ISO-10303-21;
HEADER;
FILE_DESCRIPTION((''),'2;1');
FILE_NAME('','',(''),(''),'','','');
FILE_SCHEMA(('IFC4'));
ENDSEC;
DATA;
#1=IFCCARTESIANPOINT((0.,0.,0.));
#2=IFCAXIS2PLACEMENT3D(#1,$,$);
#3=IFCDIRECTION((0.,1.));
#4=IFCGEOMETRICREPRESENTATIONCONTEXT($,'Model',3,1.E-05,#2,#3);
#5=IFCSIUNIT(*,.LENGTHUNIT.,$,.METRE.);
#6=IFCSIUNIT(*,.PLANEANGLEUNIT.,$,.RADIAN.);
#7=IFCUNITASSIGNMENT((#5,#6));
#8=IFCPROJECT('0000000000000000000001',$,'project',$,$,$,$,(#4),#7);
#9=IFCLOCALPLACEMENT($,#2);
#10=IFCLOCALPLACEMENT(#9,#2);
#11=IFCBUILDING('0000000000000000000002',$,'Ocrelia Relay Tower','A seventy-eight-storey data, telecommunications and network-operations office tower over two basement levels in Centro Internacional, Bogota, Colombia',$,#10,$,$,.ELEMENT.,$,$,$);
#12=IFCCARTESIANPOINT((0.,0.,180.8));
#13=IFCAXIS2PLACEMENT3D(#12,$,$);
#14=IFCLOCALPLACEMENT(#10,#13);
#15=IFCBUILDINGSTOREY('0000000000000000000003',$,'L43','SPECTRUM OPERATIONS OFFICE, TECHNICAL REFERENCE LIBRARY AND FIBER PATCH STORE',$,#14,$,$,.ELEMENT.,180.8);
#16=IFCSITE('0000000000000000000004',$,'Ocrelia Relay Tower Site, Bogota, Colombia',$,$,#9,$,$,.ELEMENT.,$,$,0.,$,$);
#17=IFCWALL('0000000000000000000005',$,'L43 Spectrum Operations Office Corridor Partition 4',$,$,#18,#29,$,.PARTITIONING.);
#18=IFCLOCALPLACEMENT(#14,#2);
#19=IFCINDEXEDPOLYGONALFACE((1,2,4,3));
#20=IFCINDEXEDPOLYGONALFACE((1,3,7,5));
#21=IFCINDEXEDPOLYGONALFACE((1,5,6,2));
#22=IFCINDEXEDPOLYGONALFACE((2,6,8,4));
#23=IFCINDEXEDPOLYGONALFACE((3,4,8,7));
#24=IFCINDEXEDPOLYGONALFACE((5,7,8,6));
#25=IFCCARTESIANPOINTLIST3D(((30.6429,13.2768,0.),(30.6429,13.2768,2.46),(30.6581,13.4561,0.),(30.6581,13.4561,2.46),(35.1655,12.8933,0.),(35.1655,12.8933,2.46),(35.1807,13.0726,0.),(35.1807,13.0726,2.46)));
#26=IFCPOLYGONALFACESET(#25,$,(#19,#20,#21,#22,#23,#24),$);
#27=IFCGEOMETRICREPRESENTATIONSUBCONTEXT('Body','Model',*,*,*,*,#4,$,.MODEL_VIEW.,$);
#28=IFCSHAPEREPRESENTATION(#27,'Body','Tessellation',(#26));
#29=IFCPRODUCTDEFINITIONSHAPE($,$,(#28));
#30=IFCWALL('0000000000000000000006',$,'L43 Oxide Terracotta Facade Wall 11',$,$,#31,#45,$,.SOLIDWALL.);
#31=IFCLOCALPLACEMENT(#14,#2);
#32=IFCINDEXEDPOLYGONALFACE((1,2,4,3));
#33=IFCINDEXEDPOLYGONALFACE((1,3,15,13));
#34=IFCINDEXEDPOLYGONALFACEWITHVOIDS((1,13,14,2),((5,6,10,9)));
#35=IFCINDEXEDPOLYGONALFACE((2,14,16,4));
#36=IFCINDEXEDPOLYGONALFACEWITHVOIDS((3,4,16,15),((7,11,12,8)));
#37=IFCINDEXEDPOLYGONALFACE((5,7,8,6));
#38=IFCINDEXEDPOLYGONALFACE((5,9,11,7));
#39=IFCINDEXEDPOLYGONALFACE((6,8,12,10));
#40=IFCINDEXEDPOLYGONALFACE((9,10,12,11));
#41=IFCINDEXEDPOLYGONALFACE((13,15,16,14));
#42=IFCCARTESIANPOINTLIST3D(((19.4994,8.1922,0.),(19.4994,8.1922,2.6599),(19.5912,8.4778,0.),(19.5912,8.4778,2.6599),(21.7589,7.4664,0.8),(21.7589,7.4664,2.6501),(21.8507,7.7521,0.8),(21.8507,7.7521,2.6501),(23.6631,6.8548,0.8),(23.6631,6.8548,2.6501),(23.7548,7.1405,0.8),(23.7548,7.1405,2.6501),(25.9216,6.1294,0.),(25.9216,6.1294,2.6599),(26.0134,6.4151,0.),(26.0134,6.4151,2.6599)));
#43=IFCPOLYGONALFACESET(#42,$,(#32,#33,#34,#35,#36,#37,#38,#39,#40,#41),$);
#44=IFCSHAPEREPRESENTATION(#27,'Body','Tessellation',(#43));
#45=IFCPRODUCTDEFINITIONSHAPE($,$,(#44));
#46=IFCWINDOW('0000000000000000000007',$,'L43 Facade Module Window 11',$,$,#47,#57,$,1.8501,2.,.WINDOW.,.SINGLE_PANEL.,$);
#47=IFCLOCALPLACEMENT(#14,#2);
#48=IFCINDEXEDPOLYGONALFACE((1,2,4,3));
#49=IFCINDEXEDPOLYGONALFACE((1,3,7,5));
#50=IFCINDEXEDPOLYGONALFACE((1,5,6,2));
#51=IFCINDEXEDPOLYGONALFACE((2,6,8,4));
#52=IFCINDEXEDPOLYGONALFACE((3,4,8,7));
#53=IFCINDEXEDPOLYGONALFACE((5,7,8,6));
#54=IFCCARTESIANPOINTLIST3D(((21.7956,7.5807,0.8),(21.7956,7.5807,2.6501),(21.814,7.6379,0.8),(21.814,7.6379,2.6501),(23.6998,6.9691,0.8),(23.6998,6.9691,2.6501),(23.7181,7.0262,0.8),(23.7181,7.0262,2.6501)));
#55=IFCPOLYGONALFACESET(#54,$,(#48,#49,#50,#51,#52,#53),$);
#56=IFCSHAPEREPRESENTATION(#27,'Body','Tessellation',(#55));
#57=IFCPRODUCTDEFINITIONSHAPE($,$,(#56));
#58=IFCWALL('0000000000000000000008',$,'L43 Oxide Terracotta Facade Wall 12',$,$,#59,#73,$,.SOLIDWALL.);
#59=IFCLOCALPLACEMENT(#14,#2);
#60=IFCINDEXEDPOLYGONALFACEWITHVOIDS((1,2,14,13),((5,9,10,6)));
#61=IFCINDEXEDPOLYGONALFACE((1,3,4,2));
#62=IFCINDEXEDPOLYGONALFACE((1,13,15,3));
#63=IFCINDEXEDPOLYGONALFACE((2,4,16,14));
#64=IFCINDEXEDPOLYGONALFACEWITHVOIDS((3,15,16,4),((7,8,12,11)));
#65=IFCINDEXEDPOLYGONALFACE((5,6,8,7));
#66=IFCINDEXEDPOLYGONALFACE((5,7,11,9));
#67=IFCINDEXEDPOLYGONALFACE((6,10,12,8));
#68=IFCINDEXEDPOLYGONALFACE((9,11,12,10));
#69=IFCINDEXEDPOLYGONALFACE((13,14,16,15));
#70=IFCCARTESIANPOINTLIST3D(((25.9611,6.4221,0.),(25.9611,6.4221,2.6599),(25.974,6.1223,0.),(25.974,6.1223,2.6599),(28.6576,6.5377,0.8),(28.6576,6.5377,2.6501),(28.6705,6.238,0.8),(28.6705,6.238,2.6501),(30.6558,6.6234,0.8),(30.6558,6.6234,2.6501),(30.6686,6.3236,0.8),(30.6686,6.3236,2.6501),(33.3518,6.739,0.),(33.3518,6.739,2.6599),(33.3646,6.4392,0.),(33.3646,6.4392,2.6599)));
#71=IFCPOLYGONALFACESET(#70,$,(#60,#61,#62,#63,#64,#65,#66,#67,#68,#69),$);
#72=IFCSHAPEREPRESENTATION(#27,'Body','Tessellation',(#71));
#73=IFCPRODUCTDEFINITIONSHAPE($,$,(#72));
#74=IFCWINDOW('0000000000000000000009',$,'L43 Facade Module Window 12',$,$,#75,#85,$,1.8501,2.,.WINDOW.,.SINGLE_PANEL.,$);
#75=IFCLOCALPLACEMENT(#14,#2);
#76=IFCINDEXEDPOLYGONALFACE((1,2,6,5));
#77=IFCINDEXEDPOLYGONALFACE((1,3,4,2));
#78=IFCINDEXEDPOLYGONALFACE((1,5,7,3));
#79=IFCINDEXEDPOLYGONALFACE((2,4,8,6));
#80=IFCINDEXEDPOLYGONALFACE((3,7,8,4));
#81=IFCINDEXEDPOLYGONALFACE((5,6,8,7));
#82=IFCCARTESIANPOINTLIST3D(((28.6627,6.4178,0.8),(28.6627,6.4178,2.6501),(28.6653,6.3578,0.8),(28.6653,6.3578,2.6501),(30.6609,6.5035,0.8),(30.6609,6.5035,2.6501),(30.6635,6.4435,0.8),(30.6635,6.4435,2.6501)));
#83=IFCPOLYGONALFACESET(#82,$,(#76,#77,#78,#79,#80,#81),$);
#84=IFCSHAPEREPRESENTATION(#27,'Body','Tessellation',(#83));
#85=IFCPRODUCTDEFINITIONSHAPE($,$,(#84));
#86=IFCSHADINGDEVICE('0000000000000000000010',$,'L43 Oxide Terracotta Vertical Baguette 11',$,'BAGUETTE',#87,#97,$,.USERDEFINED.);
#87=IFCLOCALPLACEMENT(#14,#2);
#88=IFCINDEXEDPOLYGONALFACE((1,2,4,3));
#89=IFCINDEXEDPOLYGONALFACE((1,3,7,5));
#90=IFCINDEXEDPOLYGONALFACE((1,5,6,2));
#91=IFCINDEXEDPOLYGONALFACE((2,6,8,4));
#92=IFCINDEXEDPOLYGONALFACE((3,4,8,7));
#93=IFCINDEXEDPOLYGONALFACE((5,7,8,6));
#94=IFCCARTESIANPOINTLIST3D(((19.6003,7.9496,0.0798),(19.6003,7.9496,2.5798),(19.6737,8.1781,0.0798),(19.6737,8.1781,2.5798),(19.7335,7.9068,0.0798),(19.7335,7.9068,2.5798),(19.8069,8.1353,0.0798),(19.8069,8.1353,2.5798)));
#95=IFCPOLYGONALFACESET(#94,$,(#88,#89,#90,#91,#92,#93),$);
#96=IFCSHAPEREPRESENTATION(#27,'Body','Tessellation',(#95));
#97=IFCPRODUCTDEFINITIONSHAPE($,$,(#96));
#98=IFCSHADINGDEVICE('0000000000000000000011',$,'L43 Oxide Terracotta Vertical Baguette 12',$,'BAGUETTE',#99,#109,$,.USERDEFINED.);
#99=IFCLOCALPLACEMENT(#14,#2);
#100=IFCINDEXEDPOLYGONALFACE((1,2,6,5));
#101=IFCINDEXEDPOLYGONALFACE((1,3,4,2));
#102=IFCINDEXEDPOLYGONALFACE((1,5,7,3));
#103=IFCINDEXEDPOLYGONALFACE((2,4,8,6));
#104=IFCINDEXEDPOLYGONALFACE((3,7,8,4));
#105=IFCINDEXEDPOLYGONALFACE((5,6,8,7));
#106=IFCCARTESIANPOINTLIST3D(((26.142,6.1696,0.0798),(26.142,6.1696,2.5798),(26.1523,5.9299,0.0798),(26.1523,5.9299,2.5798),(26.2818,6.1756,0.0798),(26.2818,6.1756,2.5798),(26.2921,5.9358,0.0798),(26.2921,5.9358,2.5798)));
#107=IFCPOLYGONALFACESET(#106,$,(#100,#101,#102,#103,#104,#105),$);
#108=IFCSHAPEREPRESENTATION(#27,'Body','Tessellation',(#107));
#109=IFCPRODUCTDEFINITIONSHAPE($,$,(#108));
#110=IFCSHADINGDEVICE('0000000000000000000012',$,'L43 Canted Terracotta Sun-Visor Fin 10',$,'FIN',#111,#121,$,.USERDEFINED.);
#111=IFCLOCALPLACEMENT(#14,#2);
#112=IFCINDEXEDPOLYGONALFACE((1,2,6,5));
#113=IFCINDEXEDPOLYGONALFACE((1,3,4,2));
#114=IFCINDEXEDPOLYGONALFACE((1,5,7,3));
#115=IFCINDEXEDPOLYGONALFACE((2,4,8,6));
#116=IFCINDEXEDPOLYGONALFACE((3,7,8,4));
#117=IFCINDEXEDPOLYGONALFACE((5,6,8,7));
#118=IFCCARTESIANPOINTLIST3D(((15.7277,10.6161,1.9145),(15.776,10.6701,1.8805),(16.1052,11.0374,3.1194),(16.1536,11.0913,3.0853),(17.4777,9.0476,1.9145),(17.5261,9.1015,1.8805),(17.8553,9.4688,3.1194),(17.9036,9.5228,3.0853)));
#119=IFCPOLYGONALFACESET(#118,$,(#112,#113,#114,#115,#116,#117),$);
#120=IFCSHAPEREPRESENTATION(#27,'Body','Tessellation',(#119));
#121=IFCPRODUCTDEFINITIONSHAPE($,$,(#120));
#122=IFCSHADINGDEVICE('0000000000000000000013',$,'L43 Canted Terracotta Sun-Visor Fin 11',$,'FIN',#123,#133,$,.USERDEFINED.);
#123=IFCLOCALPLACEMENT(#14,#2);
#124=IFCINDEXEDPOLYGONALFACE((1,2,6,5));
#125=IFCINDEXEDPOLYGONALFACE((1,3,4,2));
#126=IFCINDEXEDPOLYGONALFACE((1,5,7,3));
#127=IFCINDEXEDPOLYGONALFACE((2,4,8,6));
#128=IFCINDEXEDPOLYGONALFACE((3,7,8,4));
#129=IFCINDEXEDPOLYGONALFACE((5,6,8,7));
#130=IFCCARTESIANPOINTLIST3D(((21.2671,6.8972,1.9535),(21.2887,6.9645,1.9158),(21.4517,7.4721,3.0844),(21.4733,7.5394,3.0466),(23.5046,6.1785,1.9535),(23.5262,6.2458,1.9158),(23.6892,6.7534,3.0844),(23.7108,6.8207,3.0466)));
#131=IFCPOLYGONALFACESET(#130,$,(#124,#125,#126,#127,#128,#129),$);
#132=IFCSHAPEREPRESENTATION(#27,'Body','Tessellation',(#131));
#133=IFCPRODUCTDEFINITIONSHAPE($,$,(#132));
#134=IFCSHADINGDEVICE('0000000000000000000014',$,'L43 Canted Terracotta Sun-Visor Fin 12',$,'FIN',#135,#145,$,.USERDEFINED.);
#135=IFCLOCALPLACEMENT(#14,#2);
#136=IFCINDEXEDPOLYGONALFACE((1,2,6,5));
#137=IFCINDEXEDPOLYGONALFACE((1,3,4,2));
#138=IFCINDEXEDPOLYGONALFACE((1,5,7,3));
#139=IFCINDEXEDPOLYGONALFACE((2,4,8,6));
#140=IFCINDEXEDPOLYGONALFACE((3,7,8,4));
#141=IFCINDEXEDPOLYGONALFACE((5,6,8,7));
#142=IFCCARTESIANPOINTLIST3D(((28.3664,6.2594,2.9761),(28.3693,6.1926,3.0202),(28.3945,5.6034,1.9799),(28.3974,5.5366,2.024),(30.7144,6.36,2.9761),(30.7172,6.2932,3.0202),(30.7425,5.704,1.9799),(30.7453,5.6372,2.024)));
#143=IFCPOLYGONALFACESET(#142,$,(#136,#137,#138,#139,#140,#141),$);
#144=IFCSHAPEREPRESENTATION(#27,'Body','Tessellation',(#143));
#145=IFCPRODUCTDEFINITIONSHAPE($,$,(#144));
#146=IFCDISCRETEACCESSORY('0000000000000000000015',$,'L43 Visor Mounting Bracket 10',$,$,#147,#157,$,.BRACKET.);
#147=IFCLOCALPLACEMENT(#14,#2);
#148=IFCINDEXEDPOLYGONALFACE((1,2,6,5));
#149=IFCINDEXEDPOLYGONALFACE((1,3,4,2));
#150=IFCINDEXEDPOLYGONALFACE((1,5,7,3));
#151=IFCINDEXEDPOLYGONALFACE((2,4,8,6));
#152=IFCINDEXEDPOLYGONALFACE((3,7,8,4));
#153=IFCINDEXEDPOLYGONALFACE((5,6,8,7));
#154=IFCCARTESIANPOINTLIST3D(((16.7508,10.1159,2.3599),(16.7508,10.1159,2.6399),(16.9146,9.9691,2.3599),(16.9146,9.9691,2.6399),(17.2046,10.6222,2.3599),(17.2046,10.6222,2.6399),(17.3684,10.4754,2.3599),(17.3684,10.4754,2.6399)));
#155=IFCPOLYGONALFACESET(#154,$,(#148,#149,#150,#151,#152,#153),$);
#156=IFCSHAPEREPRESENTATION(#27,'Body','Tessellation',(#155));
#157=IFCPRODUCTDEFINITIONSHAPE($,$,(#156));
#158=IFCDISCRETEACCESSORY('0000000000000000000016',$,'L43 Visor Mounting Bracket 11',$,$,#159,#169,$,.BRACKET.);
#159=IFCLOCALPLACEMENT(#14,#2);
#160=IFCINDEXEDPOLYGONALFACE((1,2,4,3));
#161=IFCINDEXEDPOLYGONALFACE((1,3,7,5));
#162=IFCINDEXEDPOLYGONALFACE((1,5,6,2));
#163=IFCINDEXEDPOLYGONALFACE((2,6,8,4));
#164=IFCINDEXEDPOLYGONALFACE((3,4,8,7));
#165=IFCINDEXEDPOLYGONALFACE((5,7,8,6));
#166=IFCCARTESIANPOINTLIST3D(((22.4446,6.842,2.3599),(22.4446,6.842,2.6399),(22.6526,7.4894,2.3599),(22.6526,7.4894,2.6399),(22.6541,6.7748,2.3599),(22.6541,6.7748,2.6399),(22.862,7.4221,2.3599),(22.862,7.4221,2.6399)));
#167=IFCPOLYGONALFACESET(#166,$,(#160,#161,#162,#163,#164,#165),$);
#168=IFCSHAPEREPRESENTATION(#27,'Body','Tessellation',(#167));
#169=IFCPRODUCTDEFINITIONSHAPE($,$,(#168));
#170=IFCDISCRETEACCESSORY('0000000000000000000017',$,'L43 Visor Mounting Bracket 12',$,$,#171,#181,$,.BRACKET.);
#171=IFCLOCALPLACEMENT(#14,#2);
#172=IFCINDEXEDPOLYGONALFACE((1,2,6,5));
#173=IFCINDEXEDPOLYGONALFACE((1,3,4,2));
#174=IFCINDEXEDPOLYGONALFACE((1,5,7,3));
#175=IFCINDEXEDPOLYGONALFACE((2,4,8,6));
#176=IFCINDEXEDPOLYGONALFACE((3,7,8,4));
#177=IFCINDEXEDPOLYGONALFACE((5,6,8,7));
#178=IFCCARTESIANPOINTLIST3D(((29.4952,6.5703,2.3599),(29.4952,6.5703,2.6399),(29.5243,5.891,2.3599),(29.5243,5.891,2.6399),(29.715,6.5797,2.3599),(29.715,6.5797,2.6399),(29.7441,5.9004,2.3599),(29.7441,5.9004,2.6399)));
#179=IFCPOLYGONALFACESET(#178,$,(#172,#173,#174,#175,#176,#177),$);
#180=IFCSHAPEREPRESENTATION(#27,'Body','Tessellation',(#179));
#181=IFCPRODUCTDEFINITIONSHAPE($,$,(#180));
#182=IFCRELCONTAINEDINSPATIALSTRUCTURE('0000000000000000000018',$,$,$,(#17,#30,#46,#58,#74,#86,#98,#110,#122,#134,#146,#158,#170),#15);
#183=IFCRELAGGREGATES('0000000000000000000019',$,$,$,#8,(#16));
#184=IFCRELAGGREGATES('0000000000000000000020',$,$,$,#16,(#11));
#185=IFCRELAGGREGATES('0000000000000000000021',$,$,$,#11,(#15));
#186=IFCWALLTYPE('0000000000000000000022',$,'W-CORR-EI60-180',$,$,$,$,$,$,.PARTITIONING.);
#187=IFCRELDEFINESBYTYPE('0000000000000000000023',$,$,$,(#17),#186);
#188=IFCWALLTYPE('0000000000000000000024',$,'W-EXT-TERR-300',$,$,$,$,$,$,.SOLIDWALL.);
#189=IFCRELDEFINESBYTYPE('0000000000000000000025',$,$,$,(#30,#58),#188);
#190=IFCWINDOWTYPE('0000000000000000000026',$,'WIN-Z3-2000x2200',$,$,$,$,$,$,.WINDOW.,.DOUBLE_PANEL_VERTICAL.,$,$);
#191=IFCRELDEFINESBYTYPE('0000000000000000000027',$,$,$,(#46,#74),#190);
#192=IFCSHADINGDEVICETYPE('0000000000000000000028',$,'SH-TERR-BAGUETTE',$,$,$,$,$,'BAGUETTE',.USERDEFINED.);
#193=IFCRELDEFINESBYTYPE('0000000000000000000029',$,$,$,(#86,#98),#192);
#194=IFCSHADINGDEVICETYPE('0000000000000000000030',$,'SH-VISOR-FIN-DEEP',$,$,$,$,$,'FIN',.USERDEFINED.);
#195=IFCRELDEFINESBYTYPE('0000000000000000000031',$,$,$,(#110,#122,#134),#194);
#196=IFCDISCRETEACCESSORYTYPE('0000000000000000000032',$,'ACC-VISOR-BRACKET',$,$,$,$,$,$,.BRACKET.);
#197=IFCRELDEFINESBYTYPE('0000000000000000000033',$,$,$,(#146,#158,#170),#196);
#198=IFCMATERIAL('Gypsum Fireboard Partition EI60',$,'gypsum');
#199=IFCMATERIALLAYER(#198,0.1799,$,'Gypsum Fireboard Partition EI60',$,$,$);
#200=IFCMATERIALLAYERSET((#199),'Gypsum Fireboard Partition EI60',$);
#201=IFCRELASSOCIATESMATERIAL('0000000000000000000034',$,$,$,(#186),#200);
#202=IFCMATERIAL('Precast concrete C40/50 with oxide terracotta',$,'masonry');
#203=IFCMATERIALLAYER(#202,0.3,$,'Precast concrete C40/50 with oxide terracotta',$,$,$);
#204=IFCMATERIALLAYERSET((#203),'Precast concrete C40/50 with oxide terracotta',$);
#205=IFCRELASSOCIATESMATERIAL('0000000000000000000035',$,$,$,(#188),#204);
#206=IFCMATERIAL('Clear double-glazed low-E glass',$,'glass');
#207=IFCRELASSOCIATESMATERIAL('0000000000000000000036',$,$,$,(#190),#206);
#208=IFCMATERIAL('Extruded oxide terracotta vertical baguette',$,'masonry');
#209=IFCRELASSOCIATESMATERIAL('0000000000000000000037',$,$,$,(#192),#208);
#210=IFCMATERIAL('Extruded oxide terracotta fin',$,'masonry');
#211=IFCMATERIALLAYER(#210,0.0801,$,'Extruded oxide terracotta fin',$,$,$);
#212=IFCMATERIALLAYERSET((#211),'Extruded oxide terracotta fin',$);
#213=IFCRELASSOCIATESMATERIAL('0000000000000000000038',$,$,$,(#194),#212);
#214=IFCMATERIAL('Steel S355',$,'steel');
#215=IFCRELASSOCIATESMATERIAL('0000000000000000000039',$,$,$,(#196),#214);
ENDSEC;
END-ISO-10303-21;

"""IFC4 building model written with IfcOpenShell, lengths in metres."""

from ifc_helpers import new_model, si_unit, direction, frame, frame_2d, origin, origin_2d, place, context, subcontext, project, spatial, rectangle, extrude, material, layer, layer_set, type_object, element, fill, save


model = new_model("IFC4")

# Units and contexts
model_context = context("Model", 3, precision=1e-05, world=origin(), true_north=direction((0.0, 1.0)))
body_context = subcontext(model_context, "Body", "Model", "MODEL_VIEW")
ifc_project = project(units=[si_unit("LENGTHUNIT", "METRE"), si_unit("PLANEANGLEUNIT", "RADIAN")], contexts=[model_context])

# Site, building, storey
site_placement = place(None, origin())
site = spatial("IfcSite", under=ifc_project, at=site_placement, Name="Ocrelia Relay Tower Site, Bogota, Colombia", CompositionType="ELEMENT", RefElevation=0.0)
building_placement = place(site_placement, origin())
building = spatial("IfcBuilding", under=site, at=building_placement, Name="Ocrelia Relay Tower", Description="A seventy-eight-storey data, telecommunications and network-operations office tower over two basement levels in Centro Internacional, Bogota, Colombia", CompositionType="ELEMENT")
storey_placement = place(building_placement, frame((0.0, 0.0, 180.8)))
storey = spatial("IfcBuildingStorey", under=building, at=storey_placement, Name="L43", Description="SPECTRUM OPERATIONS OFFICE, TECHNICAL REFERENCE LIBRARY AND FIBER PATCH STORE", CompositionType="ELEMENT", Elevation=180.8)

# Shared definitions
ifc_material_1 = material(Name="Steel S355", Category="steel")

# Shared definitions
ifc_material_2 = material(Name="Clear double-glazed low-E glass", Category="glass")

# Wall
ifc_material_3 = material(Name="Gypsum Fireboard Partition EI60", Category="gypsum")
ifc_layer_1 = layer(ifc_material_3, 0.1799, Name="Gypsum Fireboard Partition EI60")
ifc_layer_set_1 = layer_set([ifc_layer_1], Name="Gypsum Fireboard Partition EI60")
wall_type_1 = type_object("IfcWallType", Name="W-CORR-EI60-180", PredefinedType="PARTITIONING", material=ifc_layer_set_1)
wall_1_placement = place(storey_placement, frame((30.6504, 13.3665, 0.0), z_axis=(0.0, 0.0, 1.0), x_axis=(0.996423, -0.084501, 0.0)))
element("IfcWall", 1, at=wall_1_placement, inside=storey, type_object=wall_type_1, Name="L43 Spectrum Operations Office Corridor Partition 4", PredefinedType="PARTITIONING", context=body_context, shape_type="SweptSolid", body=[
    extrude(rectangle(XDim=4.5388, YDim=0.1799, at=frame_2d((2.2695, 0.0))), origin(), (0.0, 0.0, 1.0), 2.46),
])

# Walls, openings, windows
ifc_material_4 = material(Name="Precast concrete C40/50 with oxide terracotta", Category="masonry")
ifc_layer_2 = layer(ifc_material_4, 0.3, Name="Precast concrete C40/50 with oxide terracotta")
ifc_layer_set_2 = layer_set([ifc_layer_2], Name="Precast concrete C40/50 with oxide terracotta")
wall_type_2 = type_object("IfcWallType", Name="W-EXT-TERR-300", PredefinedType="SOLIDWALL", material=ifc_layer_set_2)
wall_2_placement = place(storey_placement, frame((19.5454, 8.335, 0.0), z_axis=(0.0, 0.0, 1.0), x_axis=(0.952094, -0.305806, 0.0)))
wall_2 = element("IfcWall", 2, at=wall_2_placement, inside=storey, type_object=wall_type_2, Name="L43 Oxide Terracotta Facade Wall 11", PredefinedType="SOLIDWALL", context=body_context, shape_type="SweptSolid", body=[
    extrude(rectangle(XDim=6.7454, YDim=0.3, at=frame_2d((3.3726, 0.0))), origin(), (0.0, 0.0, 1.0), 2.6599),
])
opening_1_placement = place(wall_2_placement, frame((2.373, 0.0, 0.8)))
opening_1 = element("IfcOpeningElement", 3, at=opening_1_placement, cuts=wall_2, PredefinedType="OPENING", context=body_context, shape_type="SweptSolid", body=[
    extrude(rectangle(XDim=2.0, YDim=1.8501, at=frame_2d((1.0, 0.925))), frame((0.0, 0.1602, 0.0), z_axis=(0.0, -1.0, 0.0), x_axis=(1.0, 0.0, 0.0)), (0.0, 0.0, 1.0), 0.3201),
])
window_type = type_object("IfcWindowType", Name="WIN-Z3-2000x2200", PartitioningType="DOUBLE_PANEL_VERTICAL", PredefinedType="WINDOW", material=ifc_material_2)
window_1_placement = place(opening_1_placement, origin())
window_1 = element("IfcWindow", 4, at=window_1_placement, inside=storey, type_object=window_type, Name="L43 Facade Module Window 11", OverallHeight=1.8501, OverallWidth=2.0, PartitioningType="SINGLE_PANEL", PredefinedType="WINDOW", context=body_context, shape_type="SweptSolid", body=[
    extrude(rectangle(XDim=2.0, YDim=1.8501, at=frame_2d((1.0, 0.925))), frame((0.0, 0.03, 0.0), z_axis=(0.0, -1.0, 0.0), x_axis=(1.0, 0.0, 0.0)), (0.0, 0.0, 1.0), 0.0601),
])
fill(opening_1, window_1)
wall_3_placement = place(storey_placement, frame((25.9675, 6.2722, 0.0), z_axis=(0.0, 0.0, 1.0), x_axis=(0.999082, 0.042839, 0.0)))
wall_3 = element("IfcWall", 5, at=wall_3_placement, inside=storey, type_object=wall_type_2, Name="L43 Oxide Terracotta Facade Wall 12", PredefinedType="SOLIDWALL", context=body_context, shape_type="SweptSolid", body=[
    extrude(rectangle(XDim=7.3975, YDim=0.3, at=frame_2d((3.6987, 0.0))), origin(), (0.0, 0.0, 1.0), 2.6599),
])
opening_2_placement = place(wall_3_placement, frame((2.699, 0.0, 0.8)))
opening_2 = element("IfcOpeningElement", 6, at=opening_2_placement, cuts=wall_3, PredefinedType="OPENING", context=body_context, shape_type="SweptSolid", body=[
    extrude(rectangle(XDim=2.0, YDim=1.8501, at=frame_2d((1.0, 0.925))), frame((0.0, 0.1602, 0.0), z_axis=(0.0, -1.0, 0.0), x_axis=(1.0, 0.0, 0.0)), (0.0, 0.0, 1.0), 0.3201),
])
window_2_placement = place(opening_2_placement, origin())
window_2 = element("IfcWindow", 7, at=window_2_placement, inside=storey, type_object=window_type, Name="L43 Facade Module Window 12", OverallHeight=1.8501, OverallWidth=2.0, PartitioningType="SINGLE_PANEL", PredefinedType="WINDOW", context=body_context, shape_type="SweptSolid", body=[
    extrude(rectangle(XDim=2.0, YDim=1.8501, at=frame_2d((1.0, 0.925))), frame((0.0, 0.03, 0.0), z_axis=(0.0, -1.0, 0.0), x_axis=(1.0, 0.0, 0.0)), (0.0, 0.0, 1.0), 0.0601),
])
fill(opening_2, window_2)

# Shading devices
ifc_material_5 = material(Name="Extruded oxide terracotta vertical baguette", Category="masonry")
shading_device_type_1 = type_object("IfcShadingDeviceType", Name="SH-TERR-BAGUETTE", ElementType="BAGUETTE", PredefinedType="USERDEFINED", material=ifc_material_5)
for number, where, z_axis, x_axis, name in (
    (8, (19.7036, 8.0425, 0.0798), (0.0, 0.0, 1.0), (0.952094, -0.305806, 0.0), "L43 Oxide Terracotta Vertical Baguette 11"),
    (9, (26.217, 6.0527, 0.0798), (0.0, 0.0, 1.0), (0.999083, 0.042825, 0.0), "L43 Oxide Terracotta Vertical Baguette 12"),
):
    element("IfcShadingDevice", number, at=place(storey_placement, frame(where, z_axis=z_axis, x_axis=x_axis)), inside=storey, type_object=shading_device_type_1, Name=name, ObjectType="BAGUETTE", PredefinedType="USERDEFINED", context=body_context, shape_type="SweptSolid", body=[
        extrude(rectangle(XDim=0.1399, YDim=0.24, at=origin_2d()), origin(), (0.0, 0.0, 1.0), 2.5),
    ])
ifc_material_6 = material(Name="Extruded oxide terracotta fin", Category="masonry")
ifc_layer_3 = layer(ifc_material_6, 0.0801, Name="Extruded oxide terracotta fin")
ifc_layer_set_3 = layer_set([ifc_layer_3], Name="Extruded oxide terracotta fin")
shading_device_type_2 = type_object("IfcShadingDeviceType", Name="SH-VISOR-FIN-DEEP", ElementType="FIN", PredefinedType="USERDEFINED", material=ifc_layer_set_3)
shading_device_1_placement = place(storey_placement, frame((16.8398, 10.0964, 2.4829), z_axis=(-0.604163, -0.67407, 0.42499), x_axis=(0.744666, -0.667438, 0.0)))
element("IfcShadingDevice", 10, at=shading_device_1_placement, inside=storey, type_object=shading_device_type_2, Name="L43 Canted Terracotta Sun-Visor Fin 10", ObjectType="FIN", PredefinedType="USERDEFINED", context=body_context, shape_type="SweptSolid", body=[
    extrude(rectangle(XDim=2.3501, YDim=1.3311, at=origin_2d()), origin(), (0.0, 0.0, 1.0), 0.0801),
])
shading_device_2_placement = place(storey_placement, frame((22.4998, 6.8926, 2.4812), z_axis=(-0.269759, -0.839868, 0.471012), x_axis=(0.952094, -0.305806, 0.0)))
element("IfcShadingDevice", 11, at=shading_device_2_placement, inside=storey, type_object=shading_device_type_2, Name="L43 Canted Terracotta Sun-Visor Fin 11", ObjectType="FIN", PredefinedType="USERDEFINED", context=body_context, shape_type="SweptSolid", body=[
    extrude(rectangle(XDim=2.3501, YDim=1.282, at=origin_2d()), origin(), (0.0, 0.0, 1.0), 0.0801),
])
shading_device_3_placement = place(storey_placement, frame((29.5544, 5.9817, 2.478), z_axis=(0.035757, -0.834178, 0.550335), x_axis=(0.999083, 0.042825, 0.0)))
element("IfcShadingDevice", 12, at=shading_device_3_placement, inside=storey, type_object=shading_device_type_2, Name="L43 Canted Terracotta Sun-Visor Fin 12", ObjectType="FIN", PredefinedType="USERDEFINED", context=body_context, shape_type="SweptSolid", body=[
    extrude(rectangle(XDim=2.3501, YDim=1.1931, at=origin_2d()), origin(), (0.0, 0.0, 1.0), 0.0801),
])

# Discrete accessories
discrete_accessory_type = type_object("IfcDiscreteAccessoryType", Name="ACC-VISOR-BRACKET", PredefinedType="BRACKET", material=ifc_material_1)
for number, where, z_axis, x_axis, name in (
    (13, (17.0596, 10.2957, 2.3599), (0.0, 0.0, 1.0), (0.744666, -0.667438, 0.0), "L43 Visor Mounting Bracket 10"),
    (14, (22.6533, 7.1321, 2.3599), (0.0, 0.0, 1.0), (0.952094, -0.305806, 0.0), "L43 Visor Mounting Bracket 11"),
    (15, (29.6196, 6.2354, 2.3599), (0.0, 0.0, 1.0), (0.999083, 0.042825, 0.0), "L43 Visor Mounting Bracket 12"),
):
    element("IfcDiscreteAccessory", number, at=place(storey_placement, frame(where, z_axis=z_axis, x_axis=x_axis)), inside=storey, type_object=discrete_accessory_type, Name=name, PredefinedType="BRACKET", context=body_context, shape_type="SweptSolid", body=[
        extrude(rectangle(XDim=0.22, YDim=0.6799, at=origin_2d()), origin(), (0.0, 0.0, 1.0), 0.28),
    ])

save(model, "model.ifc")
